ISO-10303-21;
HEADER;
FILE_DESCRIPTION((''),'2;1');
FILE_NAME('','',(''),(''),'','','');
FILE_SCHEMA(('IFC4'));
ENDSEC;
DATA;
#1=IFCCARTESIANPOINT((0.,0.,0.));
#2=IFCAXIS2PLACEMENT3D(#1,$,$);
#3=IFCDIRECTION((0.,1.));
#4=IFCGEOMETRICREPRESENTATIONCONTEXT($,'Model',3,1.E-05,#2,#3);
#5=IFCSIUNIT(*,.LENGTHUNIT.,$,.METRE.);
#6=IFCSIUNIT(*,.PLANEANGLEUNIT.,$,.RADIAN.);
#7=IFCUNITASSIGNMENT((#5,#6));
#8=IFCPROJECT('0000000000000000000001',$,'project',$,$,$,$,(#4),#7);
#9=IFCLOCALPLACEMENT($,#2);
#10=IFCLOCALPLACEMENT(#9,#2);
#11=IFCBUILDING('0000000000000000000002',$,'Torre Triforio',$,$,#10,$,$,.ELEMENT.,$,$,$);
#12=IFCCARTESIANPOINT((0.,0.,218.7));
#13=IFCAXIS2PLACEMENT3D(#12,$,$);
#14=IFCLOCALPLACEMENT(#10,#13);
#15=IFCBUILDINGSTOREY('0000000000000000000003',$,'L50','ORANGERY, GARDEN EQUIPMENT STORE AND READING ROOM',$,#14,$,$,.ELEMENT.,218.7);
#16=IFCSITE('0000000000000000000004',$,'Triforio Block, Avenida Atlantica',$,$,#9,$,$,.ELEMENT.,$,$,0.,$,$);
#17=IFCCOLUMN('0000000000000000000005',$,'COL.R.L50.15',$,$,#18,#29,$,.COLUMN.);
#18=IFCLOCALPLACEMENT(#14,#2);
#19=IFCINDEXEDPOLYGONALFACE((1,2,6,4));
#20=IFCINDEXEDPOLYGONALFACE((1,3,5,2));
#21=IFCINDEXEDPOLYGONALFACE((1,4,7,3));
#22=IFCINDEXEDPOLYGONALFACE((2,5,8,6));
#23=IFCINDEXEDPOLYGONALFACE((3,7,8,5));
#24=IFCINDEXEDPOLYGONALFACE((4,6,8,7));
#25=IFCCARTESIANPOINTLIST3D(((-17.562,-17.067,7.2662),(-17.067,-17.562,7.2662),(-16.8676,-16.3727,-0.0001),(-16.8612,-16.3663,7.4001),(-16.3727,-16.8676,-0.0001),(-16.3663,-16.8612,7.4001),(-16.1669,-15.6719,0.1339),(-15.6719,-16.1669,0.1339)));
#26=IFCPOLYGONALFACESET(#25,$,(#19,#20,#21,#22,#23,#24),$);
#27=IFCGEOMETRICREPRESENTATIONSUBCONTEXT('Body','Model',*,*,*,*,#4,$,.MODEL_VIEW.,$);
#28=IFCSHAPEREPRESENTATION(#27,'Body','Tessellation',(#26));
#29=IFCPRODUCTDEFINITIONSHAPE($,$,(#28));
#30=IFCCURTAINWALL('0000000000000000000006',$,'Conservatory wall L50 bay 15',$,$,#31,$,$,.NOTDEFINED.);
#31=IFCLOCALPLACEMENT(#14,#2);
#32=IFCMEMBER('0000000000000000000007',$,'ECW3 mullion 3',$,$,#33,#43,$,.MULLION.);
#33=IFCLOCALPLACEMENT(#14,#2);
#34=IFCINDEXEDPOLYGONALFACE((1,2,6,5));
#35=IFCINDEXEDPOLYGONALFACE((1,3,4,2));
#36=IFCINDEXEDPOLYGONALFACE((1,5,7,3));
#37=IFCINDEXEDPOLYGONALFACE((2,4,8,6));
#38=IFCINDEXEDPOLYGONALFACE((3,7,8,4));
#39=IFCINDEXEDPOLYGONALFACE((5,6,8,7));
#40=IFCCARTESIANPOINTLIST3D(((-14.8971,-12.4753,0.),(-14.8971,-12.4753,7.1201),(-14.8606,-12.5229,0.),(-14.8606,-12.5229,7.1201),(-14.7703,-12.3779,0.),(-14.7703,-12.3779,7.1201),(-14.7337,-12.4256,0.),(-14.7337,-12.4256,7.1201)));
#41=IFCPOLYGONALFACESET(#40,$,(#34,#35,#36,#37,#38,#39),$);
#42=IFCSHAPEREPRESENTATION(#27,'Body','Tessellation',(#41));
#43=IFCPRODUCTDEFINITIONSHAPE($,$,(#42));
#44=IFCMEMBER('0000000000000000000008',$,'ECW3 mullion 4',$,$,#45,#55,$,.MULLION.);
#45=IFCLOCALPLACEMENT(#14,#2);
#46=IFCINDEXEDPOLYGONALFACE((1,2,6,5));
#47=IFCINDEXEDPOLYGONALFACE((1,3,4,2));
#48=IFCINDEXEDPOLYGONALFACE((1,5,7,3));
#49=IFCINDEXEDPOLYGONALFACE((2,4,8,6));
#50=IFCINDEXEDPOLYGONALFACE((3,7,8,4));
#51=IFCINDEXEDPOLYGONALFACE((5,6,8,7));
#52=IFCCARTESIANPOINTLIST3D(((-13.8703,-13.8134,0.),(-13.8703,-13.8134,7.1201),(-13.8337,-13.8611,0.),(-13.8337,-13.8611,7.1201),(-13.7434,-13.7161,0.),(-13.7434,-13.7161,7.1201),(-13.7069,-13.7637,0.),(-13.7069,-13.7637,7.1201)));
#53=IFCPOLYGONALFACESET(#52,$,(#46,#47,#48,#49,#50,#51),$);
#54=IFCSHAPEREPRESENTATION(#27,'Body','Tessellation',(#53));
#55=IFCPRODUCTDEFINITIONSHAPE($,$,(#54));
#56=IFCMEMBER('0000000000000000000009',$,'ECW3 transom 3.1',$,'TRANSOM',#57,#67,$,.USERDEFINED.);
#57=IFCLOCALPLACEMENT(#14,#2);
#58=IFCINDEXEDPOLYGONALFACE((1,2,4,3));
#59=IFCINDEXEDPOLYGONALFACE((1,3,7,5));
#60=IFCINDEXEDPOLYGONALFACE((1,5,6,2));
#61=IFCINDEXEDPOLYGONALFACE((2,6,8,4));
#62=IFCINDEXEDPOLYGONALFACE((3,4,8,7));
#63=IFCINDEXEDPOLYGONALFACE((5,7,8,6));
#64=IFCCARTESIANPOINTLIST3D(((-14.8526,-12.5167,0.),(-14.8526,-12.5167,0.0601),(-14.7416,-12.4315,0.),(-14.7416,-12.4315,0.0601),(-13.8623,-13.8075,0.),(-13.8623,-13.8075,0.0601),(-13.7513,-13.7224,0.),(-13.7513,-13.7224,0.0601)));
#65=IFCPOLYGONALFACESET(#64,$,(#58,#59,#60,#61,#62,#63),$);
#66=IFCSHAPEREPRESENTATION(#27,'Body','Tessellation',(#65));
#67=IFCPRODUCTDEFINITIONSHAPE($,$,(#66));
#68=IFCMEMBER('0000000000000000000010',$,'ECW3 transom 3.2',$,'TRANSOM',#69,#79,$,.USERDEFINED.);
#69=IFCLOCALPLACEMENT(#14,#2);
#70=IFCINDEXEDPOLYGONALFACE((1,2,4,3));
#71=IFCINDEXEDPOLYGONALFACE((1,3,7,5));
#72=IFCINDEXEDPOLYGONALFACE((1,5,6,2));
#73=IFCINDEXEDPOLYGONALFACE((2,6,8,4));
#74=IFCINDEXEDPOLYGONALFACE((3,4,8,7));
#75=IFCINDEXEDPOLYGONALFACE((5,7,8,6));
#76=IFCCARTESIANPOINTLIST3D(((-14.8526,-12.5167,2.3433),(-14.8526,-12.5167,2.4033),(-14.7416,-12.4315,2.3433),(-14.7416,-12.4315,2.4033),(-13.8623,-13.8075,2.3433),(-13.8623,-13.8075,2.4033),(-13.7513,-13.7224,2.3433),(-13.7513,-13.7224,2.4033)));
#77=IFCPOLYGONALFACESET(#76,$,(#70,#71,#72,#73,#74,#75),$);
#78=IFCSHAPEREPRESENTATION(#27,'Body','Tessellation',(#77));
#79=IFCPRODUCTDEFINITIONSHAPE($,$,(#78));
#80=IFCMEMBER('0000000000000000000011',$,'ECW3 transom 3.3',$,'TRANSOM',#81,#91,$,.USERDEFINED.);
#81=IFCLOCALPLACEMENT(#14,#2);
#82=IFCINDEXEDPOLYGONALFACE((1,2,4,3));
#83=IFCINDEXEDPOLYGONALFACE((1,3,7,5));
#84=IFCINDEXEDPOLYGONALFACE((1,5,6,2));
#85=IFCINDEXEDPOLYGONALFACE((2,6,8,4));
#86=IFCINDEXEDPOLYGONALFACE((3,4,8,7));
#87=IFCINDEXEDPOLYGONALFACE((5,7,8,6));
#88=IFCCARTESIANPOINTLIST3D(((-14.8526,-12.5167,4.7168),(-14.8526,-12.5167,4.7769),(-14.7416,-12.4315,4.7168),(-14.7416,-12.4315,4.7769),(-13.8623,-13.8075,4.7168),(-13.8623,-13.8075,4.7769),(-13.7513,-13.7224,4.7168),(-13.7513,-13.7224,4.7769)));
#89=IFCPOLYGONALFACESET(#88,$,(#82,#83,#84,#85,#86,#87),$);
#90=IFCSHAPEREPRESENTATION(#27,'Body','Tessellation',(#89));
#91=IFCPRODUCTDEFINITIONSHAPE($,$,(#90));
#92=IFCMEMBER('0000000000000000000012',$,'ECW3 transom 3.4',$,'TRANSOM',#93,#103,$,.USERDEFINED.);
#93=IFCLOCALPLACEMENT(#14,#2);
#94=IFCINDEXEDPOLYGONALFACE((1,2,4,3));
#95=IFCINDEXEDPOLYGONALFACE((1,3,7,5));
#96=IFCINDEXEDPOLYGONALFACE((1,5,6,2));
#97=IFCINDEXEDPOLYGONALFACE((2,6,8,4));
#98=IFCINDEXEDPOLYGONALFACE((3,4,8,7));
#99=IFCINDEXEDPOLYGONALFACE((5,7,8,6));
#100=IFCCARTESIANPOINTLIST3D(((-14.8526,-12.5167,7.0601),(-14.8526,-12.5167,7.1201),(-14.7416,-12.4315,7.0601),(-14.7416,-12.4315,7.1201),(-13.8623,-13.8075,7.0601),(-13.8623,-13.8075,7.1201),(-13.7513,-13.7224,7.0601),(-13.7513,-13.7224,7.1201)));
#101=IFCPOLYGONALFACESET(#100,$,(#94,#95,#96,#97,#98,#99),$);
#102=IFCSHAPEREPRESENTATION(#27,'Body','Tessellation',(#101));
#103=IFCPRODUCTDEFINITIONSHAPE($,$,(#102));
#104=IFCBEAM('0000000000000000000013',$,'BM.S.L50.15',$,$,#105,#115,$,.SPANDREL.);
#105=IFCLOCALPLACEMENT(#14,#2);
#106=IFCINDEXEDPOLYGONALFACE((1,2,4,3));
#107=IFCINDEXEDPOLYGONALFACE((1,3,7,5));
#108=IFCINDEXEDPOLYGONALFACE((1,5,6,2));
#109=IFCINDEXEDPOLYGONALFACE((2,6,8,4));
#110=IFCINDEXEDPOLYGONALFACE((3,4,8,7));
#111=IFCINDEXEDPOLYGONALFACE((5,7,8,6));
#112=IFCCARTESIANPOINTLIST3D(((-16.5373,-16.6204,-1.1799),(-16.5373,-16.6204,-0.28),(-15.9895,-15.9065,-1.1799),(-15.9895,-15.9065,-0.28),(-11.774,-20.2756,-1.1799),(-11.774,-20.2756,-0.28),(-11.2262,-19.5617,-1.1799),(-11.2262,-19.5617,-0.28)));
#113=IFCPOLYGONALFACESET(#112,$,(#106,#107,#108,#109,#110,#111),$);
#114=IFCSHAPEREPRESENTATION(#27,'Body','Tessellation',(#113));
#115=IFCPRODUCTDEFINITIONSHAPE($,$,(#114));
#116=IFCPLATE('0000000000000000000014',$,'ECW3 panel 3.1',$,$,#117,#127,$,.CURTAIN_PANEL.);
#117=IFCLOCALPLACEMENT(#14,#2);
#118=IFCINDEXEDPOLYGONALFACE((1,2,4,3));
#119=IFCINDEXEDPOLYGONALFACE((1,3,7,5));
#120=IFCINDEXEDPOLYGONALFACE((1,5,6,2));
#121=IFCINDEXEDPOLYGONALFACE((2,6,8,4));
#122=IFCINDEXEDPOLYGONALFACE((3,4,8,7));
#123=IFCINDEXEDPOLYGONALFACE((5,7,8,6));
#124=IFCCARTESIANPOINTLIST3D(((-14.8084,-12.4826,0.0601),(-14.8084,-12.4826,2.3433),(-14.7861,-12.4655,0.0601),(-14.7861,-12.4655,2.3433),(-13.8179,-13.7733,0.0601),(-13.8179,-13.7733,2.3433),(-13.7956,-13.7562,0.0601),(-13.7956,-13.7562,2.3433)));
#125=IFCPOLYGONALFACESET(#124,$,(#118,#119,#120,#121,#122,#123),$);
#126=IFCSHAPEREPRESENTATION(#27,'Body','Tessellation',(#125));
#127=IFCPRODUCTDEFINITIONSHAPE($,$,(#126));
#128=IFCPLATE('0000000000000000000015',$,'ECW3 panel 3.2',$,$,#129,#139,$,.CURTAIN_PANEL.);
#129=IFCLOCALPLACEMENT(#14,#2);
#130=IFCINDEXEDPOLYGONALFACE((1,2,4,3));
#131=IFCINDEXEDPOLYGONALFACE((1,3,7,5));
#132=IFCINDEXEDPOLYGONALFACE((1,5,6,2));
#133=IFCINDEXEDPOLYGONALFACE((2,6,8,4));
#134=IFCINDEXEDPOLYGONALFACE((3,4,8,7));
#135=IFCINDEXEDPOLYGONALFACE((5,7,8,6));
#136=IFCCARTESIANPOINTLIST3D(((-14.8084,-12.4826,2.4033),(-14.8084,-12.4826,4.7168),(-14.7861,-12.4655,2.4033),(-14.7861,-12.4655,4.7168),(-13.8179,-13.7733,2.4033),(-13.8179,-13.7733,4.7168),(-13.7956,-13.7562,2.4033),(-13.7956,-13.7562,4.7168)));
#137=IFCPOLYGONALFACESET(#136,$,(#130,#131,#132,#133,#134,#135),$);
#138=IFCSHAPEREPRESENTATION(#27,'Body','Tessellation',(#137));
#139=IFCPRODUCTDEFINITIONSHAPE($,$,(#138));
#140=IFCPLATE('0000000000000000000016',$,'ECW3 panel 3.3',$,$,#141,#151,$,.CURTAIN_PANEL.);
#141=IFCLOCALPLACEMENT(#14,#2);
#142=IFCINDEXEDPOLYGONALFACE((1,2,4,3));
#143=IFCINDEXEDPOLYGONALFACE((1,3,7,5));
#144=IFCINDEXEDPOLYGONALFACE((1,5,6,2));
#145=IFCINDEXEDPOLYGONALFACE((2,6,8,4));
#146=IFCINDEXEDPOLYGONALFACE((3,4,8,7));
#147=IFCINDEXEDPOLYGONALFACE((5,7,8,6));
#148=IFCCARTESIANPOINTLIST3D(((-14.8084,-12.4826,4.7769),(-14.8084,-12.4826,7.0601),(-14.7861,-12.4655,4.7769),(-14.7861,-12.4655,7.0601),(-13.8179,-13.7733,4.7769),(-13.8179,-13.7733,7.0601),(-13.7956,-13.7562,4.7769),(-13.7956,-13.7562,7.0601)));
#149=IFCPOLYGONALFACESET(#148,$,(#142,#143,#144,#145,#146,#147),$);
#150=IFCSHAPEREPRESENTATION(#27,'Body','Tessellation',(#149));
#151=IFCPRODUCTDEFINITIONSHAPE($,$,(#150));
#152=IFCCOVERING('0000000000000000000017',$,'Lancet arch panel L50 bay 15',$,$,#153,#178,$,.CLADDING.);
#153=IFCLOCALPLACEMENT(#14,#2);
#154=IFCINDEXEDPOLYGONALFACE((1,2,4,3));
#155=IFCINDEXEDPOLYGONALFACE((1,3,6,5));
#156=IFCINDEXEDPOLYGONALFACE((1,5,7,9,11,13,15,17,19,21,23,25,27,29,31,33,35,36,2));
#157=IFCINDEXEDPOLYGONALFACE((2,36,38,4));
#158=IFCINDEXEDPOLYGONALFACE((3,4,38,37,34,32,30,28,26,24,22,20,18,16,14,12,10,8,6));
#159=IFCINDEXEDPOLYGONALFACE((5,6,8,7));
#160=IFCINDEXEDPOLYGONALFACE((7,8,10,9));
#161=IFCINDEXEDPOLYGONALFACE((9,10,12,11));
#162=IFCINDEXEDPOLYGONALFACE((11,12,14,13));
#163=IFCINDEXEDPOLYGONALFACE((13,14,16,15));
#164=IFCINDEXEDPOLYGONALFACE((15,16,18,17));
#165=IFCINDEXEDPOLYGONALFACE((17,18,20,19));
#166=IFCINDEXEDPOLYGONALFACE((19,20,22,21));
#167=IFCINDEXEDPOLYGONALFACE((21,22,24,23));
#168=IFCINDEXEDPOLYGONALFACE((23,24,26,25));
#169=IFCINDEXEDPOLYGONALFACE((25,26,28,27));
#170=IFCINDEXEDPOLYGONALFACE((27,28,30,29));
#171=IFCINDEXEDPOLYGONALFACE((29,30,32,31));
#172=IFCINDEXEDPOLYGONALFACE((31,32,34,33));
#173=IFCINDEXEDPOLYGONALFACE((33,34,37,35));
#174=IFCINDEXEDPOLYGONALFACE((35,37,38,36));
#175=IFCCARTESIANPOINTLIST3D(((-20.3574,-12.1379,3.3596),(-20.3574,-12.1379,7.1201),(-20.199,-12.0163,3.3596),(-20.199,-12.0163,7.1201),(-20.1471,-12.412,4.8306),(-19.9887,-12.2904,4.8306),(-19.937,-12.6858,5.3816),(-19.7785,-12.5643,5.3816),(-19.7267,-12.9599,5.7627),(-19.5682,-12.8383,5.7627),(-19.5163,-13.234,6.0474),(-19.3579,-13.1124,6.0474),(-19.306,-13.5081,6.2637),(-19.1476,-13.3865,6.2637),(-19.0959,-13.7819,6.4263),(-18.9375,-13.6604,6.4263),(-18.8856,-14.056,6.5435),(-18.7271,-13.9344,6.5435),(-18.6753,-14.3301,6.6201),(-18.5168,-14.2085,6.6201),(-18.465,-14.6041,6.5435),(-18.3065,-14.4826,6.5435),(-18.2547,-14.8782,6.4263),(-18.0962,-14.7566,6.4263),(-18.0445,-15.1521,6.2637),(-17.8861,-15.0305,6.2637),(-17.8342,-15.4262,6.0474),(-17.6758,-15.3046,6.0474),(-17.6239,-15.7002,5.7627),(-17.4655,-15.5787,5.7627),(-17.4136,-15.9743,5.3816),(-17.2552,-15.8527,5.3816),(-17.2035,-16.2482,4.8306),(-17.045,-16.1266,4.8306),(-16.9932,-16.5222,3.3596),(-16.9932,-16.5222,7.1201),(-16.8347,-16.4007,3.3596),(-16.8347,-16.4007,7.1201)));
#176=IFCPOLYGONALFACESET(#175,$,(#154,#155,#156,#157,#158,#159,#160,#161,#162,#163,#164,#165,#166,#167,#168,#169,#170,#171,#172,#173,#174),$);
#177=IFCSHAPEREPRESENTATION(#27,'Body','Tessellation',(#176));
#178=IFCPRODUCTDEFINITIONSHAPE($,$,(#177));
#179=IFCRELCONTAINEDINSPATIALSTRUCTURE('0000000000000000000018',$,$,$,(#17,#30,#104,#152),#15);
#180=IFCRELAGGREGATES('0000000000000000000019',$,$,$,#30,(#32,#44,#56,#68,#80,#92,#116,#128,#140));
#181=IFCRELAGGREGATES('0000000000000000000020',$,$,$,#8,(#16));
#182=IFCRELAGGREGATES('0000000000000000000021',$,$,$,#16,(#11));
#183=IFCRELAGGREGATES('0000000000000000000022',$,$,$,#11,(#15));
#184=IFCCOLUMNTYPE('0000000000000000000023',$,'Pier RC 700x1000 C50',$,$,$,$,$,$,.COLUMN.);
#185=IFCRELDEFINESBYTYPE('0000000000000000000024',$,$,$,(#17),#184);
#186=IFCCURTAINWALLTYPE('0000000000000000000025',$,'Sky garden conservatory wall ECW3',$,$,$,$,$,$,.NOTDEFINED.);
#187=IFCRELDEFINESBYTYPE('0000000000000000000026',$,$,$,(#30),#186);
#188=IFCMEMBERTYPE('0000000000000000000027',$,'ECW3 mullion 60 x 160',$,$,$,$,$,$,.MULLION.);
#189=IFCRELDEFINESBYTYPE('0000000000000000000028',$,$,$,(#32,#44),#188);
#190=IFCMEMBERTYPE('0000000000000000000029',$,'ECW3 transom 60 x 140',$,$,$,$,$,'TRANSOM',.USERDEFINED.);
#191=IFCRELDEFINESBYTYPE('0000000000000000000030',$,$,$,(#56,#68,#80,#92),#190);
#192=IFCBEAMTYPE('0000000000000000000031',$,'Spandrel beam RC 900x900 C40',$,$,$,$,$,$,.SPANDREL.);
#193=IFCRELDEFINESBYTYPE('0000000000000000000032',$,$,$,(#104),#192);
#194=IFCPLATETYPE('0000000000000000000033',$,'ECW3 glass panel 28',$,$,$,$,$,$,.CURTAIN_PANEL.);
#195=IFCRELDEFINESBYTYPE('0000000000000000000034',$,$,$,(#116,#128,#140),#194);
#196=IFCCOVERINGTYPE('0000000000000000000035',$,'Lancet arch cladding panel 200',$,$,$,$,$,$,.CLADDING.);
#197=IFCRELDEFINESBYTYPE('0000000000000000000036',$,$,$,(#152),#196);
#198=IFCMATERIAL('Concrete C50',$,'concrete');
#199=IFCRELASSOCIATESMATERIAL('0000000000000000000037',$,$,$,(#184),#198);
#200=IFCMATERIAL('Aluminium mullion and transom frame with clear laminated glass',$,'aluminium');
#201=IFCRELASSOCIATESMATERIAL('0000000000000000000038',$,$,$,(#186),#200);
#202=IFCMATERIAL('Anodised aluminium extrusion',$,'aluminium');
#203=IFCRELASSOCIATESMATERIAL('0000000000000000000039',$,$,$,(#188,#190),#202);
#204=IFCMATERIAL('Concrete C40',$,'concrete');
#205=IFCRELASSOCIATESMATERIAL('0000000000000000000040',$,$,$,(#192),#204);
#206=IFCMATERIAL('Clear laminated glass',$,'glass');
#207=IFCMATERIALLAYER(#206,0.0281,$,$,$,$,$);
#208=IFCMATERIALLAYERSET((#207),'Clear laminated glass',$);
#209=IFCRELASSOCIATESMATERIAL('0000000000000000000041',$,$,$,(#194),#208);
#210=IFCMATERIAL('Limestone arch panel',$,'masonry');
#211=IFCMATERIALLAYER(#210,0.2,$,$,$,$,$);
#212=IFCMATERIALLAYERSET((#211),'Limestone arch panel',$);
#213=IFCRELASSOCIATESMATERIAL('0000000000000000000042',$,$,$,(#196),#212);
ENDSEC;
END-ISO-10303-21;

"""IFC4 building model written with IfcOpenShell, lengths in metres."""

from ifc_helpers import new_model, si_unit, direction, frame, origin, origin_2d, place, context, subcontext, project, spatial, polyline, rectangle, outline, extrude, material, layer, layer_set, material_profile, profile_set, type_object, element, aggregate, save


model = new_model("IFC4")

# Units and contexts
model_context = context("Model", 3, precision=1e-05, world=origin(), true_north=direction((0.0, 1.0)))
body_context = subcontext(model_context, "Body", "Model", "MODEL_VIEW")
ifc_project = project(units=[si_unit("LENGTHUNIT", "METRE"), si_unit("PLANEANGLEUNIT", "RADIAN")], contexts=[model_context])

# Site, building, storey
site_placement = place(None, origin())
site = spatial("IfcSite", under=ifc_project, at=site_placement, Name="Triforio Block, Avenida Atlantica", CompositionType="ELEMENT", RefElevation=0.0)
building_placement = place(site_placement, origin())
building = spatial("IfcBuilding", under=site, at=building_placement, Name="Torre Triforio", CompositionType="ELEMENT")
storey_placement = place(building_placement, frame((0.0, 0.0, 218.7)))
storey = spatial("IfcBuildingStorey", under=building, at=storey_placement, Name="L50", Description="ORANGERY, GARDEN EQUIPMENT STORE AND READING ROOM", CompositionType="ELEMENT", Elevation=218.7)

# Column
ifc_material_1 = material(Name="Concrete C50", Category="concrete")
ifc_material_profile_1 = material_profile(ifc_material_1, rectangle(XDim=0.7, YDim=1.0, at=origin_2d()), Name="RC 700x1000")
ifc_profile_set_1 = profile_set([ifc_material_profile_1], Name="Concrete C50")
column_type = type_object("IfcColumnType", Name="Pier RC 700x1000 C50", PredefinedType="COLUMN", material=ifc_profile_set_1)
column_placement = place(storey_placement, frame((-16.2698, -16.2698, 0.0669), z_axis=(-0.094697, -0.094697, 0.990992), x_axis=(0.707107, -0.707107, 0.0)))
element("IfcColumn", 1, at=column_placement, inside=storey, type_object=column_type, Name="COL.R.L50.15", PredefinedType="COLUMN", context=body_context, shape_type="SweptSolid", body=[
    extrude(rectangle(XDim=0.7, YDim=1.0, at=origin_2d()), origin(), (0.0, 0.0, 1.0), 7.3323),
])

# Curtain wall, members
ifc_material_2 = material(Name="Aluminium mullion and transom frame with clear laminated glass", Category="aluminium")
curtain_wall_type = type_object("IfcCurtainWallType", Name="Sky garden conservatory wall ECW3", PredefinedType="NOTDEFINED", material=ifc_material_2)
curtain_wall_placement = place(storey_placement, origin())
curtain_wall = element("IfcCurtainWall", 2, at=curtain_wall_placement, inside=storey, type_object=curtain_wall_type, Name="Conservatory wall L50 bay 15", PredefinedType="NOTDEFINED")
ifc_material_3 = material(Name="Anodised aluminium extrusion", Category="aluminium")
ifc_material_profile_2 = material_profile(ifc_material_3, rectangle(XDim=0.1599, YDim=0.0601, at=origin_2d()), Name="ECW3 MULLION 60x160")
ifc_profile_set_2 = profile_set([ifc_material_profile_2], Name="Anodised aluminium extrusion")
member_type_1 = type_object("IfcMemberType", Name="ECW3 mullion 60 x 160", PredefinedType="MULLION", material=ifc_profile_set_2)
member_1_placement = place(storey_placement, frame((-14.8154, -12.4504, 0.0), z_axis=(0.0, 0.0, 1.0), x_axis=(0.793349, 0.608767, 0.0)))
member_1 = element("IfcMember", 3, at=member_1_placement, type_object=member_type_1, Name="ECW3 mullion 3", PredefinedType="MULLION", context=body_context, shape_type="SweptSolid", body=[
    extrude(rectangle(XDim=0.1599, YDim=0.0601, at=origin_2d()), origin(), (0.0, 0.0, 1.0), 7.1201),
])
member_2_placement = place(storey_placement, frame((-13.7886, -13.7886, 0.0), z_axis=(0.0, 0.0, 1.0), x_axis=(0.793349, 0.608767, 0.0)))
member_2 = element("IfcMember", 4, at=member_2_placement, type_object=member_type_1, Name="ECW3 mullion 4", PredefinedType="MULLION", context=body_context, shape_type="SweptSolid", body=[
    extrude(rectangle(XDim=0.1599, YDim=0.0601, at=origin_2d()), origin(), (0.0, 0.0, 1.0), 7.1201),
])
ifc_material_profile_3 = material_profile(ifc_material_3, rectangle(XDim=0.1399, YDim=0.0601, at=origin_2d()), Name="ECW3 TRANSOM 60x140")
ifc_profile_set_3 = profile_set([ifc_material_profile_3], Name="Anodised aluminium extrusion")
member_type_2 = type_object("IfcMemberType", Name="ECW3 transom 60 x 140", ElementType="TRANSOM", PredefinedType="USERDEFINED", material=ifc_profile_set_3)
member_3_placement = place(storey_placement, frame((-14.7971, -12.4741, 0.03), z_axis=(0.60868, -0.793416, 0.0), x_axis=(0.793416, 0.60868, 0.0)))
member_3 = element("IfcMember", 5, at=member_3_placement, type_object=member_type_2, Name="ECW3 transom 3.1", ObjectType="TRANSOM", PredefinedType="USERDEFINED", context=body_context, shape_type="SweptSolid", body=[
    extrude(rectangle(XDim=0.1399, YDim=0.0601, at=origin_2d()), origin(), (0.0, 0.0, 1.0), 1.627),
])
member_4_placement = place(storey_placement, frame((-14.7971, -12.4741, 2.3733), z_axis=(0.60868, -0.793416, 0.0), x_axis=(0.793416, 0.60868, 0.0)))
member_4 = element("IfcMember", 6, at=member_4_placement, type_object=member_type_2, Name="ECW3 transom 3.2", ObjectType="TRANSOM", PredefinedType="USERDEFINED", context=body_context, shape_type="SweptSolid", body=[
    extrude(rectangle(XDim=0.1399, YDim=0.0601, at=origin_2d()), origin(), (0.0, 0.0, 1.0), 1.627),
])
member_5_placement = place(storey_placement, frame((-14.7971, -12.4741, 4.7468), z_axis=(0.60868, -0.793416, 0.0), x_axis=(0.793416, 0.60868, 0.0)))
member_5 = element("IfcMember", 7, at=member_5_placement, type_object=member_type_2, Name="ECW3 transom 3.3", ObjectType="TRANSOM", PredefinedType="USERDEFINED", context=body_context, shape_type="SweptSolid", body=[
    extrude(rectangle(XDim=0.1399, YDim=0.0601, at=origin_2d()), origin(), (0.0, 0.0, 1.0), 1.627),
])
member_6_placement = place(storey_placement, frame((-14.7971, -12.4741, 7.0901), z_axis=(0.60868, -0.793416, 0.0), x_axis=(0.793416, 0.60868, 0.0)))
member_6 = element("IfcMember", 8, at=member_6_placement, type_object=member_type_2, Name="ECW3 transom 3.4", ObjectType="TRANSOM", PredefinedType="USERDEFINED", context=body_context, shape_type="SweptSolid", body=[
    extrude(rectangle(XDim=0.1399, YDim=0.0601, at=origin_2d()), origin(), (0.0, 0.0, 1.0), 1.627),
])

# Beam
ifc_material_4 = material(Name="Concrete C40", Category="concrete")
ifc_material_profile_4 = material_profile(ifc_material_4, rectangle(XDim=0.8999, YDim=0.8999, at=origin_2d()), Name="RC 900x900")
ifc_profile_set_4 = profile_set([ifc_material_profile_4], Name="Concrete C40")
beam_type = type_object("IfcBeamType", Name="Spandrel beam RC 900x900 C40", PredefinedType="SPANDREL", material=ifc_profile_set_4)
beam_placement = place(storey_placement, frame((-16.2634, -16.2634, -0.73), z_axis=(0.79334, -0.608779, 0.0), x_axis=(0.608779, 0.79334, 0.0)))
element("IfcBeam", 9, at=beam_placement, inside=storey, type_object=beam_type, Name="BM.S.L50.15", PredefinedType="SPANDREL", context=body_context, shape_type="SweptSolid", body=[
    extrude(rectangle(XDim=0.8999, YDim=0.8999, at=origin_2d()), origin(), (0.0, 0.0, 1.0), 6.0042),
])

# Plates
ifc_material_5 = material(Name="Clear laminated glass", Category="glass")
ifc_layer_1 = layer(ifc_material_5, 0.0281)
ifc_layer_set_1 = layer_set([ifc_layer_1], Name="Clear laminated glass")
plate_type = type_object("IfcPlateType", Name="ECW3 glass panel 28", PredefinedType="CURTAIN_PANEL", material=ifc_layer_set_1)
plate_1_placement = place(storey_placement, frame((-14.302, -13.1194, 0.0601), z_axis=(0.0, 0.0, 1.0), x_axis=(0.608767, -0.793349, 0.0)))
plate_1 = element("IfcPlate", 10, at=plate_1_placement, type_object=plate_type, Name="ECW3 panel 3.1", PredefinedType="CURTAIN_PANEL", context=body_context, shape_type="SweptSolid", body=[
    extrude(rectangle(XDim=1.627, YDim=0.0281, at=origin_2d()), origin(), (0.0, 0.0, 1.0), 2.2832),
])
plate_2_placement = place(storey_placement, frame((-14.302, -13.1194, 2.4033), z_axis=(0.0, 0.0, 1.0), x_axis=(0.608767, -0.793349, 0.0)))
plate_2 = element("IfcPlate", 11, at=plate_2_placement, type_object=plate_type, Name="ECW3 panel 3.2", PredefinedType="CURTAIN_PANEL", context=body_context, shape_type="SweptSolid", body=[
    extrude(rectangle(XDim=1.627, YDim=0.0281, at=origin_2d()), origin(), (0.0, 0.0, 1.0), 2.3135),
])
plate_3_placement = place(storey_placement, frame((-14.302, -13.1194, 4.7769), z_axis=(0.0, 0.0, 1.0), x_axis=(0.608767, -0.793349, 0.0)))
plate_3 = element("IfcPlate", 12, at=plate_3_placement, type_object=plate_type, Name="ECW3 panel 3.3", PredefinedType="CURTAIN_PANEL", context=body_context, shape_type="SweptSolid", body=[
    extrude(rectangle(XDim=1.627, YDim=0.0281, at=origin_2d()), origin(), (0.0, 0.0, 1.0), 2.2832),
])
aggregate(curtain_wall, [member_1, member_2, member_3, member_4, member_5, member_6, plate_1, plate_2, plate_3])

# Covering
ifc_material_6 = material(Name="Limestone arch panel", Category="masonry")
ifc_layer_2 = layer(ifc_material_6, 0.2)
ifc_layer_set_2 = layer_set([ifc_layer_2], Name="Limestone arch panel")
covering_type_1 = type_object("IfcCoveringType", Name="Lancet arch cladding panel 200", PredefinedType="CLADDING", material=ifc_layer_set_2)
for number, where, z_axis, x_axis, name in (
    (13, (-18.5168, -14.2085, 0.0), (-0.793351, -0.608765, 0.0), (0.608765, -0.793351, 0.0), "Lancet arch panel L50 bay 15"),
):
    element("IfcCovering", number, at=place(storey_placement, frame(where, z_axis=z_axis, x_axis=x_axis)), inside=storey, type_object=covering_type_1, Name=name, PredefinedType="CLADDING", context=body_context, shape_type="SweptSolid", body=[
        extrude(outline(polyline([(-2.7632, 7.1201), (-2.7632, 3.3596), (-2.4177, 4.8306), (-2.0725, 5.3816), (-1.7271, 5.7627), (-1.3816, 6.0474), (-1.0361, 6.2637), (-0.6909, 6.4263), (-0.3455, 6.5435), (0.0, 6.6201), (0.3455, 6.5435), (0.6909, 6.4263), (1.0361, 6.2637), (1.3816, 6.0474), (1.7271, 5.7627), (2.0725, 5.3816), (2.4177, 4.8306), (2.7632, 3.3596), (2.7632, 7.1201), (-2.7632, 7.1201)])), origin(), (0.0, 0.0, 1.0), 0.1997),
    ])

save(model, "model.ifc")
